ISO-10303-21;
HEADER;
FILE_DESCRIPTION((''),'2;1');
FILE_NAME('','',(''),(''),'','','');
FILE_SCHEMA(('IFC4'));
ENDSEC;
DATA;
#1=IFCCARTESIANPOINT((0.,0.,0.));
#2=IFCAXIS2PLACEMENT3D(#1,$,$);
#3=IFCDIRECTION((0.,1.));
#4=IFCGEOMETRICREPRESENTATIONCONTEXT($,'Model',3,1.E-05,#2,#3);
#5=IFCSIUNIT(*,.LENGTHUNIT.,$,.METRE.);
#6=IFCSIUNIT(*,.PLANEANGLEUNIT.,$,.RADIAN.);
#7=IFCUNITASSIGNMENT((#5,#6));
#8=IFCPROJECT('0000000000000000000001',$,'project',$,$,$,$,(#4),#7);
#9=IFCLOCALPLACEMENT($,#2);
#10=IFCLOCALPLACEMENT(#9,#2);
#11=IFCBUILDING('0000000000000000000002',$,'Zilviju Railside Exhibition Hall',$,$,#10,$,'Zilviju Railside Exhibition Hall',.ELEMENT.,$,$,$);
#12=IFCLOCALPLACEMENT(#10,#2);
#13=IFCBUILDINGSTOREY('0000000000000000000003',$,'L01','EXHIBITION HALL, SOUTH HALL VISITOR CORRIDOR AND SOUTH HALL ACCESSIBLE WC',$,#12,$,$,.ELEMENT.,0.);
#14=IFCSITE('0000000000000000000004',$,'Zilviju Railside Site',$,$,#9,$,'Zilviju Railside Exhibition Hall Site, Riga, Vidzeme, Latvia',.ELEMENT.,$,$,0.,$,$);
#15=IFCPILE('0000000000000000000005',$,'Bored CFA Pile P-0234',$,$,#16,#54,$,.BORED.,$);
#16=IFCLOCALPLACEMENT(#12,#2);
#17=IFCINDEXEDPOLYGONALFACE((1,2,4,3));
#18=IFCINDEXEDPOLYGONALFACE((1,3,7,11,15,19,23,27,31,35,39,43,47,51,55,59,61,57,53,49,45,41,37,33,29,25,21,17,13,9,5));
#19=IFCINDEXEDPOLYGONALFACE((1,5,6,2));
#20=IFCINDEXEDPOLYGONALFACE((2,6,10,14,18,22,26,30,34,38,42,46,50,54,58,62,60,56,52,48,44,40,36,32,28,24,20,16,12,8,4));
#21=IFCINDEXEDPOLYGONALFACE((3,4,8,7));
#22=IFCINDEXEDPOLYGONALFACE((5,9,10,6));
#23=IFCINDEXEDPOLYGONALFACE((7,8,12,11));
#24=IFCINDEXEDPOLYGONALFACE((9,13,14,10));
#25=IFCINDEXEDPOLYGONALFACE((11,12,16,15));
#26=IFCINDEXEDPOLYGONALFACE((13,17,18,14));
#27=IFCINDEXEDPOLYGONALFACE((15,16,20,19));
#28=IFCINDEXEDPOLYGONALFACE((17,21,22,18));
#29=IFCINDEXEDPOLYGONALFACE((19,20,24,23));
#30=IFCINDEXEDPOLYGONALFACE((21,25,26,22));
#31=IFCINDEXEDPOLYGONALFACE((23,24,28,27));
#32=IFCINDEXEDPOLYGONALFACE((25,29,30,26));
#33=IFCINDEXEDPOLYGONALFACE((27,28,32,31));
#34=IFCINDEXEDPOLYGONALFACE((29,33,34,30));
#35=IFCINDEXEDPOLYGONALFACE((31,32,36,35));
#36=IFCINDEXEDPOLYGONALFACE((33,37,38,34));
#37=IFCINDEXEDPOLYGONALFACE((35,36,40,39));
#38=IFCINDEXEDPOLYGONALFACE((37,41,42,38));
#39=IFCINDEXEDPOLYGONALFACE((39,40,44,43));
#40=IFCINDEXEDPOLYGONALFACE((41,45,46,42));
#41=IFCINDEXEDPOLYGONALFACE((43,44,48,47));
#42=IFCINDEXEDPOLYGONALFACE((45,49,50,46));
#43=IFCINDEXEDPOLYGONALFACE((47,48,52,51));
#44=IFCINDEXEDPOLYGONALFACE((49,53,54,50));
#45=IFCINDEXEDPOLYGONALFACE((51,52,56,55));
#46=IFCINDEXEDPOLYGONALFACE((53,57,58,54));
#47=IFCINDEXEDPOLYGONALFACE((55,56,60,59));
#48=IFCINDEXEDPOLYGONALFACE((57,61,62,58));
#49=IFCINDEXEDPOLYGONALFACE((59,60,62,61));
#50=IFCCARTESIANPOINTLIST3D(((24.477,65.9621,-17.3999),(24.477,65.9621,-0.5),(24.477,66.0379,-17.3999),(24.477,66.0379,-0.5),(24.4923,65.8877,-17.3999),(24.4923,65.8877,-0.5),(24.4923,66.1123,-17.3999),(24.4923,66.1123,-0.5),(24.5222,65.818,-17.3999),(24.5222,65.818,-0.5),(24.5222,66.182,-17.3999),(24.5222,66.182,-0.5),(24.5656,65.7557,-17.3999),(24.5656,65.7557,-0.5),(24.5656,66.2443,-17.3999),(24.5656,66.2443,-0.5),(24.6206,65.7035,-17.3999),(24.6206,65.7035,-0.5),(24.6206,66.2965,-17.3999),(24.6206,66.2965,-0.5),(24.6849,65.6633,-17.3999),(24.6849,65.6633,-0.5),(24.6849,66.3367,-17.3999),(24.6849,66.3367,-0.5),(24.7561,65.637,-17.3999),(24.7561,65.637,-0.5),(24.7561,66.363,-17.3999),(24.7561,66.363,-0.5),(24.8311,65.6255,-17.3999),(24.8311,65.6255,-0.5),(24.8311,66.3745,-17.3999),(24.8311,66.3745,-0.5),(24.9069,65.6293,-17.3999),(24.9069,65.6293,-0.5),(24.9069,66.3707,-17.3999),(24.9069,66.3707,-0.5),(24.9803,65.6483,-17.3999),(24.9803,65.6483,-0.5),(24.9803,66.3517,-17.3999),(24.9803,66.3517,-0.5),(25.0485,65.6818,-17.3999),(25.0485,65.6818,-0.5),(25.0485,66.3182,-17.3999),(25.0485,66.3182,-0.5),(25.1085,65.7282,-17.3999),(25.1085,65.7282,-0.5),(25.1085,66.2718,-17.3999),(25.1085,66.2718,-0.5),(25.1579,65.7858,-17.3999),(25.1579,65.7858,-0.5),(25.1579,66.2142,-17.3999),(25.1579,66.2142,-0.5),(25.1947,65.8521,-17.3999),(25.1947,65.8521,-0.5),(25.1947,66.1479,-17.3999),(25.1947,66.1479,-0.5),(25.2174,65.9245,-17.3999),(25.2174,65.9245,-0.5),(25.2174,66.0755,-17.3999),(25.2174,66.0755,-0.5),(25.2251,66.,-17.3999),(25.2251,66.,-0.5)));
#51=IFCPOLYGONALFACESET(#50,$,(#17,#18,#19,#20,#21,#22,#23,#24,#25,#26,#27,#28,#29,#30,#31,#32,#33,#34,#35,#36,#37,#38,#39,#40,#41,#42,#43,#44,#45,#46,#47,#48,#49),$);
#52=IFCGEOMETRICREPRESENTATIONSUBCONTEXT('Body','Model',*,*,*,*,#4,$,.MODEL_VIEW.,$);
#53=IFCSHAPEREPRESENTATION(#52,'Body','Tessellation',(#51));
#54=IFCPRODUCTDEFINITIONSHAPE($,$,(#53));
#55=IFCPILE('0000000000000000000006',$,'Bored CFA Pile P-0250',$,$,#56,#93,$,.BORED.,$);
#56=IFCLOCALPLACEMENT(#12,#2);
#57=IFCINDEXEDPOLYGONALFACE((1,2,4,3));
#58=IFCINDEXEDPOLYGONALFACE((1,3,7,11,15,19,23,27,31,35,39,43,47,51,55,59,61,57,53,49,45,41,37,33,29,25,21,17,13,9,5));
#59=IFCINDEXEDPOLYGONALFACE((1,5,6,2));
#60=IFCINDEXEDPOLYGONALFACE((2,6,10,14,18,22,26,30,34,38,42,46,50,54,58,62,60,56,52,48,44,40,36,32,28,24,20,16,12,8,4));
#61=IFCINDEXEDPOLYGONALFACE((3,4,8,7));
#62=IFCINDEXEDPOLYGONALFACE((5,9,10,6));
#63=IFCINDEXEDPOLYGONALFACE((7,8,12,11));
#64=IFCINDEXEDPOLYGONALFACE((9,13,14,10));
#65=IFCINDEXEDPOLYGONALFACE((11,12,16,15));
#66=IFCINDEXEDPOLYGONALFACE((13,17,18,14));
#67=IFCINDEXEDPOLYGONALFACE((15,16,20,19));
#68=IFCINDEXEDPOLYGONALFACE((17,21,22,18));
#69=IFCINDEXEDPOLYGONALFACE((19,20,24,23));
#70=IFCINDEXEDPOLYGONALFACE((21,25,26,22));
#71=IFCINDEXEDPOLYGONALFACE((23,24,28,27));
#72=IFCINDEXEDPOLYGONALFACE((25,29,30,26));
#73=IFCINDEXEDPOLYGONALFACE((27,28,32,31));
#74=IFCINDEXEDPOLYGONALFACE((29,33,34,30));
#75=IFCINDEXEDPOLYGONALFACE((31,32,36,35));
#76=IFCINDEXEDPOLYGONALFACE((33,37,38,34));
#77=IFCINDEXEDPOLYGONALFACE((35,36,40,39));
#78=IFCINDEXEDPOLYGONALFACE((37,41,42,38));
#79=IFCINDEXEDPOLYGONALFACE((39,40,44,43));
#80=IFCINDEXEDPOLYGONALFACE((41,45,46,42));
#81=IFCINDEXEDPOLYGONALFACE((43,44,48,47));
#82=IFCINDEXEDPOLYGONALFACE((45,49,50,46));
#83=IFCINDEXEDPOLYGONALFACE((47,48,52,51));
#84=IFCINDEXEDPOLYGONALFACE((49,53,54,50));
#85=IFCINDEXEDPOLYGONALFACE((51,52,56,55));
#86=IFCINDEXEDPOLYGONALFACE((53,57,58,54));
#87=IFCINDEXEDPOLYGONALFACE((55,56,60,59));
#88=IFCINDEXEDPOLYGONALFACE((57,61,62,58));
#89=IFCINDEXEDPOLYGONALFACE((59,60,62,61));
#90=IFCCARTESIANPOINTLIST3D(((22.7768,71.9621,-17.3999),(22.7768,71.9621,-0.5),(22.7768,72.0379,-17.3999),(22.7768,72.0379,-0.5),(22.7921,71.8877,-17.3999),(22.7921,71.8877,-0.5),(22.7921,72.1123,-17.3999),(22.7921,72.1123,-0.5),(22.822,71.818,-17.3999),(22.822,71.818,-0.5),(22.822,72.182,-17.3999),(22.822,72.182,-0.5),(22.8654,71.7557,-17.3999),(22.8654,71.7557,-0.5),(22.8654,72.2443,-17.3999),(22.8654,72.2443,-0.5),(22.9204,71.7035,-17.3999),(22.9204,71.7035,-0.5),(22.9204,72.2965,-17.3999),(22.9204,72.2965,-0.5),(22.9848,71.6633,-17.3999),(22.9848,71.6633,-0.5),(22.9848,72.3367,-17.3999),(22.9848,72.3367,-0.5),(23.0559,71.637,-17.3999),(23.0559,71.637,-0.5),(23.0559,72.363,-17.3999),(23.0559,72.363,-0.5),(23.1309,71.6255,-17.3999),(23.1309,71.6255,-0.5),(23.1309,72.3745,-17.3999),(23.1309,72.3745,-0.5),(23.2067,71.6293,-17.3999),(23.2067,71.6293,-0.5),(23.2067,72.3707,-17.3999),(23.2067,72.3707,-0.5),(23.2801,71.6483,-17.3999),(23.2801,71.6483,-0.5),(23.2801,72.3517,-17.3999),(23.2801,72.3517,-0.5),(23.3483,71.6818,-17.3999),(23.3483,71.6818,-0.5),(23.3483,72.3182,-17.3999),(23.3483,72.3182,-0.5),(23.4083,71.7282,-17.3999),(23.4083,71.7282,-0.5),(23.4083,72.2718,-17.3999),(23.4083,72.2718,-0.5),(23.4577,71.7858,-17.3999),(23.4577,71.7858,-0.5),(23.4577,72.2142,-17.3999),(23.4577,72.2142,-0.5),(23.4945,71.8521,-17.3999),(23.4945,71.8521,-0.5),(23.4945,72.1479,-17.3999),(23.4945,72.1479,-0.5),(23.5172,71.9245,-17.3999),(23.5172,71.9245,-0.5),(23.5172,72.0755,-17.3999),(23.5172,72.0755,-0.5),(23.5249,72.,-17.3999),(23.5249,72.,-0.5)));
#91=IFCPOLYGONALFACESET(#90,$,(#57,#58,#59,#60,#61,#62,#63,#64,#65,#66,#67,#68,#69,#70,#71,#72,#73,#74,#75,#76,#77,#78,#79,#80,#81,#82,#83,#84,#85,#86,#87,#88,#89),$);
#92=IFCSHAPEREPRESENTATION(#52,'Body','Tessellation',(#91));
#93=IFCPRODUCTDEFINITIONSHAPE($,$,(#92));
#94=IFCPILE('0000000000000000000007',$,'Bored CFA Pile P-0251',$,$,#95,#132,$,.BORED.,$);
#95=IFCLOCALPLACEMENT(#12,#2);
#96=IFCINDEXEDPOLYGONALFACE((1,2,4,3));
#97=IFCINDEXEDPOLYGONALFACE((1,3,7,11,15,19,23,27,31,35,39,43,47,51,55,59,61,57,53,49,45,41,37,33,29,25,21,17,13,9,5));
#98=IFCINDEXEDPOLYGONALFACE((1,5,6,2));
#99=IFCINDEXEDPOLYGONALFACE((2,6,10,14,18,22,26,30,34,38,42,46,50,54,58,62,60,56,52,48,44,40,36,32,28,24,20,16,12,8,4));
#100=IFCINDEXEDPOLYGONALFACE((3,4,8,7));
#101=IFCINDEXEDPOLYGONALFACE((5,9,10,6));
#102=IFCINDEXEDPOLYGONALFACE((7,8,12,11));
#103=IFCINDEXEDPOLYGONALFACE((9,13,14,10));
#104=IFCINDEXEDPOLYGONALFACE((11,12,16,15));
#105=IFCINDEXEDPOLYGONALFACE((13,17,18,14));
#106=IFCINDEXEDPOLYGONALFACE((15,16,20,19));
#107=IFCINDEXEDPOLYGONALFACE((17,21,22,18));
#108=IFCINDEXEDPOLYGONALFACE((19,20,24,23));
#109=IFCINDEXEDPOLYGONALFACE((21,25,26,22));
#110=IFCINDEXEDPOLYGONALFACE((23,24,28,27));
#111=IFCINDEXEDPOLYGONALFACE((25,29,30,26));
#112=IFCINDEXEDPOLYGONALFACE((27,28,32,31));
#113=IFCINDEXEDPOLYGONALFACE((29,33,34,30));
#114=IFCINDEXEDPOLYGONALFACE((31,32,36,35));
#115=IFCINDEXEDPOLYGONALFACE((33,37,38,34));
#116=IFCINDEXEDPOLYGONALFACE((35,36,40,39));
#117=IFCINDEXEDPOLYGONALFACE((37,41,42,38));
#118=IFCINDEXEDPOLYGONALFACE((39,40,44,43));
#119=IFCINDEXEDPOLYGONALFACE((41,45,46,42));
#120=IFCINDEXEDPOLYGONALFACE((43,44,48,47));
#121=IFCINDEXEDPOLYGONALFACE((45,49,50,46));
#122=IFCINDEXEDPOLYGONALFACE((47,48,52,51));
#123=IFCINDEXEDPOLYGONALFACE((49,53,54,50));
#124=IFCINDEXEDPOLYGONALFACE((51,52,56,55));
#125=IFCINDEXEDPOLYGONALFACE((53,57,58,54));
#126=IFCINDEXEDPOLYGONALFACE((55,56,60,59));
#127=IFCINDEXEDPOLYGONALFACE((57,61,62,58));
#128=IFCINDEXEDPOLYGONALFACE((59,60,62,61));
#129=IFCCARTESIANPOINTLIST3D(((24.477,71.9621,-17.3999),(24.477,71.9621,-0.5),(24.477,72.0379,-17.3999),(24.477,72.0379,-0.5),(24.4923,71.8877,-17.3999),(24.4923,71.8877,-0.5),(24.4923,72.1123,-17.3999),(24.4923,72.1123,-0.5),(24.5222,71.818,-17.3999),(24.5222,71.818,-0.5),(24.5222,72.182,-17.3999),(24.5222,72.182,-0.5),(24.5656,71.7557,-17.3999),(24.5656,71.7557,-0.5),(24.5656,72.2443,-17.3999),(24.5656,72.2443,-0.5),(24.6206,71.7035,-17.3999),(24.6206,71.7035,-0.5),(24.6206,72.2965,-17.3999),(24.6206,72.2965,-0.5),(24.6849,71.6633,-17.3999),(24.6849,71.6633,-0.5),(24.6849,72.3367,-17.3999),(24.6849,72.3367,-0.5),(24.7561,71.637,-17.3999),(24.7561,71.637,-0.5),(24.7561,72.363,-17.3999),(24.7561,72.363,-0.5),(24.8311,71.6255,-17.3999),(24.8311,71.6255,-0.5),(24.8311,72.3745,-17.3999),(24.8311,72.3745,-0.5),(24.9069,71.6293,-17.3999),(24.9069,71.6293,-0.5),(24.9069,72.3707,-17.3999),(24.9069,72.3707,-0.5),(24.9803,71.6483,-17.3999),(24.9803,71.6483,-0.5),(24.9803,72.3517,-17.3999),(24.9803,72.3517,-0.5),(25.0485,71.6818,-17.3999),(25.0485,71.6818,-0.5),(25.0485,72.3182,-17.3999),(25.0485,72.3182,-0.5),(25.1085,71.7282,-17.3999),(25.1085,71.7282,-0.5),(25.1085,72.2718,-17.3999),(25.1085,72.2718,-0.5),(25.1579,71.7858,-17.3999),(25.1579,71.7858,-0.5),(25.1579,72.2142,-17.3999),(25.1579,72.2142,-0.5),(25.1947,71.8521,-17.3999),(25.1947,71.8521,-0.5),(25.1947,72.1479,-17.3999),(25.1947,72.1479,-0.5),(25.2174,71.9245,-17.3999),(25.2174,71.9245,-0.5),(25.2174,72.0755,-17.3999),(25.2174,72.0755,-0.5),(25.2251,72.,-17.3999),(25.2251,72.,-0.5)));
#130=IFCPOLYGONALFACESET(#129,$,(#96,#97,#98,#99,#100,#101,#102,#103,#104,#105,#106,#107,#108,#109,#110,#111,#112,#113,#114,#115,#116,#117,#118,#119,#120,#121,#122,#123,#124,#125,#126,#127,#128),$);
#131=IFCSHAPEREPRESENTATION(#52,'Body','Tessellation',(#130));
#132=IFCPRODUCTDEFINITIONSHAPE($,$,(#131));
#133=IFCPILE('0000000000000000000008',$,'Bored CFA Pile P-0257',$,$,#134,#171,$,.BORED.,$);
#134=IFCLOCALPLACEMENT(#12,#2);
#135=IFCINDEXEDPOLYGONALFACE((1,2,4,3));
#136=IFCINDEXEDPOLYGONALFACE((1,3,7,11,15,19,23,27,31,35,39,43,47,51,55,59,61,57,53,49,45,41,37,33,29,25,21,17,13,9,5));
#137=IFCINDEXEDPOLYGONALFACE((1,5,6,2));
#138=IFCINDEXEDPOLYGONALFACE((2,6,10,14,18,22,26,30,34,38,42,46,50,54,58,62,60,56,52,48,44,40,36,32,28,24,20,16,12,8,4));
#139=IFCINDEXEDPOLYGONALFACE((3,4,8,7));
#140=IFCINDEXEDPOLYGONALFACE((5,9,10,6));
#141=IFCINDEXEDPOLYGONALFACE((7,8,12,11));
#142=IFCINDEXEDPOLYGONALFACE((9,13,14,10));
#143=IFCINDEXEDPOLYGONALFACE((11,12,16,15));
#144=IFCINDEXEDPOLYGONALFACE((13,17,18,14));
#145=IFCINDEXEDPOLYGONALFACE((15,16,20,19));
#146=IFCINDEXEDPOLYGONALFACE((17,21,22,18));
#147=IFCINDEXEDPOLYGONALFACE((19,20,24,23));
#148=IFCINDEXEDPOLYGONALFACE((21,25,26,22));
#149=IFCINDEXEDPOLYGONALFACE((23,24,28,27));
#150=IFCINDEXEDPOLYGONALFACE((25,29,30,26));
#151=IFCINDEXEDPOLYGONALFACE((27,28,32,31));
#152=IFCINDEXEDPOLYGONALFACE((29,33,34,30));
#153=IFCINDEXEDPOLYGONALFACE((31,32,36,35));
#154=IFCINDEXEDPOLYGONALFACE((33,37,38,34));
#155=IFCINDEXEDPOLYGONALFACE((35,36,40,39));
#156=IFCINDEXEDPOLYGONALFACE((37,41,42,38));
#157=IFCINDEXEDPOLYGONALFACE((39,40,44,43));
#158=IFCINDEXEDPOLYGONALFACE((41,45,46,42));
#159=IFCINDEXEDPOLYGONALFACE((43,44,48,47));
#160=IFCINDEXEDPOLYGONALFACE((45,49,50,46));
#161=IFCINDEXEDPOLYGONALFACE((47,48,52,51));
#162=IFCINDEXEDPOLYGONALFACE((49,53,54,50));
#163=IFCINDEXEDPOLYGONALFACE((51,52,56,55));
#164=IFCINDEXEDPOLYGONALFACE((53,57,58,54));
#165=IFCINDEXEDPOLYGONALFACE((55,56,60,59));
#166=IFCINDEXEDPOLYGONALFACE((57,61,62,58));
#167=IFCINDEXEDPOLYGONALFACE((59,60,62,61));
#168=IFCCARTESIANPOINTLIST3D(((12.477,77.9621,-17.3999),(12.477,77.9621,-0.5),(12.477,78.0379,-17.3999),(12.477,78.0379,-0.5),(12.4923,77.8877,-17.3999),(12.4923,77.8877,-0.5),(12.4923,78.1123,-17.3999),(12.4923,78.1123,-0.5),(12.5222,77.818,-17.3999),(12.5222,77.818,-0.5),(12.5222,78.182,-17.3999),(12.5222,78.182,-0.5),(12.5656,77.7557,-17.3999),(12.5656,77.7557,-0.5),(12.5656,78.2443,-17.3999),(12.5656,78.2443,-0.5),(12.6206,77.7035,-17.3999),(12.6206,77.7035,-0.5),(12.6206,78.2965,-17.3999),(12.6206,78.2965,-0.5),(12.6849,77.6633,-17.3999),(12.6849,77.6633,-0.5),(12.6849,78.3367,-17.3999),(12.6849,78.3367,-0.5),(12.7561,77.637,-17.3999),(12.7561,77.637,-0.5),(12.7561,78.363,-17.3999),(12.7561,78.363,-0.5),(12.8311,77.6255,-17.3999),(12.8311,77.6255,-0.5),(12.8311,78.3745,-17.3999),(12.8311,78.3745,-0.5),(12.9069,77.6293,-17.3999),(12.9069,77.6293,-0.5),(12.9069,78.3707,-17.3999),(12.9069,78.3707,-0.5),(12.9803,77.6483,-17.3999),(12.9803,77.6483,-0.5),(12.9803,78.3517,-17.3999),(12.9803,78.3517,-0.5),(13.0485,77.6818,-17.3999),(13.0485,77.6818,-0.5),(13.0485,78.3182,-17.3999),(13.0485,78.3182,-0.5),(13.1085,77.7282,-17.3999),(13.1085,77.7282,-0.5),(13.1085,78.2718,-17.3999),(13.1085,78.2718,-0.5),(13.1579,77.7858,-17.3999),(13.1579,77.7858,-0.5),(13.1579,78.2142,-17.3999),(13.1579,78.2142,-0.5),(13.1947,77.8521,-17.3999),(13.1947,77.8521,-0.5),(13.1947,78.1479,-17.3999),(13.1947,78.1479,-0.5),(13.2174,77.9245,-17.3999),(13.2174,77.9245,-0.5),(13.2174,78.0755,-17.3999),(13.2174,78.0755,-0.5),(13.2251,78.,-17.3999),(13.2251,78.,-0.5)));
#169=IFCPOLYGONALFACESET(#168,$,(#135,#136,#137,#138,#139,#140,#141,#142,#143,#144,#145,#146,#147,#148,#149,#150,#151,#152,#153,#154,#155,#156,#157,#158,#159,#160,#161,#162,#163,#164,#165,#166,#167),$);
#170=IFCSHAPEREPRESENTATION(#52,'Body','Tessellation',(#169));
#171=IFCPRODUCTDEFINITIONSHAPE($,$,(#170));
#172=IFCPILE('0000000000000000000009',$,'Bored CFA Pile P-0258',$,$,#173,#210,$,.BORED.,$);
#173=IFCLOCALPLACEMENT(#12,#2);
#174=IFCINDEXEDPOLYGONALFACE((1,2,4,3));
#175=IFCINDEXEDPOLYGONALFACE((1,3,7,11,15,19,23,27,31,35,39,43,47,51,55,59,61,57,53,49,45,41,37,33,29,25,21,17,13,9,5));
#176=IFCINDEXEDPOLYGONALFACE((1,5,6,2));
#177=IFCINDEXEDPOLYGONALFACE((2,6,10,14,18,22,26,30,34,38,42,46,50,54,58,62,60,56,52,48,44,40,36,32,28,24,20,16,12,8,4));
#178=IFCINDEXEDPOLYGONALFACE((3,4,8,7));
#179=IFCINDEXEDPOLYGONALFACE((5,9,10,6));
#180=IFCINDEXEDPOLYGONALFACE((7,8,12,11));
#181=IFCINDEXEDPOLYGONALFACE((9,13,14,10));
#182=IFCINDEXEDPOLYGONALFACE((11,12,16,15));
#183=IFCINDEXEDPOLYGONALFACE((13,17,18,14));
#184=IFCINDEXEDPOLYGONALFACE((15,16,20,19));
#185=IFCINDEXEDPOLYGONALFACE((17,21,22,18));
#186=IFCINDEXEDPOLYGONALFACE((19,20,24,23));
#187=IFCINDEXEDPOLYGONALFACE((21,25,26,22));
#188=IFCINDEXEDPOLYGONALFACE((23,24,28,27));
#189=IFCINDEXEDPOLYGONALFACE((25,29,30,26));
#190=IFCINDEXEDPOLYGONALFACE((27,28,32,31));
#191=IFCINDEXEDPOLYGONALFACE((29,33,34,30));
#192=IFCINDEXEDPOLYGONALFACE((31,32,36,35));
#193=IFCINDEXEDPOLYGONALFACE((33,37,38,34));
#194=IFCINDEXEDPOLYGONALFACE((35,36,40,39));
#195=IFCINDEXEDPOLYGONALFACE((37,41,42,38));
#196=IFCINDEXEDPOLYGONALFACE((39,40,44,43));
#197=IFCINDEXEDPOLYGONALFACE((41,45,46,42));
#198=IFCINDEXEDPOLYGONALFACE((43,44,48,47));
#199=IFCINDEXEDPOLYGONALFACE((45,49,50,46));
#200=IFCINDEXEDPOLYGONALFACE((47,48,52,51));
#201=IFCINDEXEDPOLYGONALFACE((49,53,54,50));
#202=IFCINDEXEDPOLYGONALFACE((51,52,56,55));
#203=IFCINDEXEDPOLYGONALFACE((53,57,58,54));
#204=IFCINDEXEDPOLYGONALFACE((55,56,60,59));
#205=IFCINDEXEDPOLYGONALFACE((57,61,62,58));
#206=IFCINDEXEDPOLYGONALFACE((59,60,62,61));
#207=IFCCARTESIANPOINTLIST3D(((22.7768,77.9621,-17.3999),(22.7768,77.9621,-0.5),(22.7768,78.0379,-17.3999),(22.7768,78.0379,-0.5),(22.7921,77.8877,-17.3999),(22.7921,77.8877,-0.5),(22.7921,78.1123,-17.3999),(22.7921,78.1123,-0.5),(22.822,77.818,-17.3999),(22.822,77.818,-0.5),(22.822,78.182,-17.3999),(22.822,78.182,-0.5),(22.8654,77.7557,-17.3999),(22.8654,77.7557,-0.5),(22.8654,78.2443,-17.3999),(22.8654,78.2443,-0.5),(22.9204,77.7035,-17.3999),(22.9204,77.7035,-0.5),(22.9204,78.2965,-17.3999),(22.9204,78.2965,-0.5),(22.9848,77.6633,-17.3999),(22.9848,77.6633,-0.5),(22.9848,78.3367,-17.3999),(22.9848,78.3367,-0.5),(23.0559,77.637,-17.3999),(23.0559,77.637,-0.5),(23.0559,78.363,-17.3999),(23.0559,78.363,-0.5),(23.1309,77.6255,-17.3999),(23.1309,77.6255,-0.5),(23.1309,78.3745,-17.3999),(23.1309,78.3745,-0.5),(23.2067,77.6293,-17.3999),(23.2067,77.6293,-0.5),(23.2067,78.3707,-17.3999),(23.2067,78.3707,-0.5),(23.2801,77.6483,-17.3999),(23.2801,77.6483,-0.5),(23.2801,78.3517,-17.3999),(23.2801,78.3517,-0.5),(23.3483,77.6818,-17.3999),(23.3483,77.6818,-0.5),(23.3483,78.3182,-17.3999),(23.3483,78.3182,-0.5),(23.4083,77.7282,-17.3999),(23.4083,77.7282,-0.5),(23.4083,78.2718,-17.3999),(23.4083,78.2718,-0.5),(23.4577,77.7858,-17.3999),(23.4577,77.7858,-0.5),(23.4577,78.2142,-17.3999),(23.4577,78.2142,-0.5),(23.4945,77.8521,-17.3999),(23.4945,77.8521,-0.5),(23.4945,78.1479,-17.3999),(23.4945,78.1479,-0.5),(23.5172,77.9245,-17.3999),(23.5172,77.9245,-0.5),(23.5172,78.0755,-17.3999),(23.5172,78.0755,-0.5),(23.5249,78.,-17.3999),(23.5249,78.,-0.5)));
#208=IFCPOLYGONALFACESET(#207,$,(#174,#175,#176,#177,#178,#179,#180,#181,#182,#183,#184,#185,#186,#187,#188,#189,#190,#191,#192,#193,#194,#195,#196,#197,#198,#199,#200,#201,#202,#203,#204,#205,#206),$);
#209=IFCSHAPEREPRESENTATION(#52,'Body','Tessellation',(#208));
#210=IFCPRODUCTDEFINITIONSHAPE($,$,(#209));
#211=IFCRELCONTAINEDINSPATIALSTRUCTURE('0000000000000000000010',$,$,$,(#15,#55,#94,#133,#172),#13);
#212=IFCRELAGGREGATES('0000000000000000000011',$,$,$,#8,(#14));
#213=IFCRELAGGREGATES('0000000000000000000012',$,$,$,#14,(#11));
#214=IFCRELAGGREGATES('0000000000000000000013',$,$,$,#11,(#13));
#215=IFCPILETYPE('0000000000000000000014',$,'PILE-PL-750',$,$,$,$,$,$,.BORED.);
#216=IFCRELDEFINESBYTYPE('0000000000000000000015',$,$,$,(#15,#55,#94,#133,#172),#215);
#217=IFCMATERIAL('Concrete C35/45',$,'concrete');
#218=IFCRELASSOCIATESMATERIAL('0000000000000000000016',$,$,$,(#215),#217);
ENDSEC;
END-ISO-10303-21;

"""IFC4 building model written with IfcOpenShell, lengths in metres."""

from ifc_helpers import new_model, si_unit, direction, frame, origin, origin_2d, place, context, subcontext, project, spatial, circle, extrude, material, material_profile, profile_set, type_object, element, save


model = new_model("IFC4")

# Units and contexts
model_context = context("Model", 3, precision=1e-05, world=origin(), true_north=direction((0.0, 1.0)))
body_context = subcontext(model_context, "Body", "Model", "MODEL_VIEW")
ifc_project = project(units=[si_unit("LENGTHUNIT", "METRE"), si_unit("PLANEANGLEUNIT", "RADIAN")], contexts=[model_context])

# Site, building, storey
site_placement = place(None, origin())
site = spatial("IfcSite", under=ifc_project, at=site_placement, Name="Zilviju Railside Site", LongName="Zilviju Railside Exhibition Hall Site, Riga, Vidzeme, Latvia", CompositionType="ELEMENT", RefElevation=0.0)
building_placement = place(site_placement, origin())
building = spatial("IfcBuilding", under=site, at=building_placement, Name="Zilviju Railside Exhibition Hall", LongName="Zilviju Railside Exhibition Hall", CompositionType="ELEMENT")
storey_placement = place(building_placement, origin())
storey = spatial("IfcBuildingStorey", under=building, at=storey_placement, Name="L01", Description="EXHIBITION HALL, SOUTH HALL VISITOR CORRIDOR AND SOUTH HALL ACCESSIBLE WC", CompositionType="ELEMENT", Elevation=0.0)

# Shared definitions
ifc_material = material(Name="Concrete C35/45", Category="concrete")

# Piles
ifc_material_profile_1 = material_profile(ifc_material, circle(Radius=0.375, at=origin_2d()), Name="CFA PILE D750")
ifc_profile_set_1 = profile_set([ifc_material_profile_1], Name="Concrete C35/45")
pile_type = type_object("IfcPileType", Name="PILE-PL-750", PredefinedType="BORED", material=ifc_profile_set_1)
for number, where, z_axis, x_axis, name in (
    (1, (24.8501, 66.0, -0.5), (0.0, 0.0, -1.0), (1.0, 0.0, 0.0), "Bored CFA Pile P-0234"),
    (2, (23.1499, 72.0, -0.5), (0.0, 0.0, -1.0), (1.0, 0.0, 0.0), "Bored CFA Pile P-0250"),
    (3, (24.8501, 72.0, -0.5), (0.0, 0.0, -1.0), (1.0, 0.0, 0.0), "Bored CFA Pile P-0251"),
    (4, (12.8501, 78.0, -0.5), (0.0, 0.0, -1.0), (1.0, 0.0, 0.0), "Bored CFA Pile P-0257"),
    (5, (23.1499, 78.0, -0.5), (0.0, 0.0, -1.0), (1.0, 0.0, 0.0), "Bored CFA Pile P-0258"),
):
    element("IfcPile", number, at=place(storey_placement, frame(where, z_axis=z_axis, x_axis=x_axis)), inside=storey, type_object=pile_type, Name=name, PredefinedType="BORED", context=body_context, shape_type="SweptSolid", body=[
        extrude(circle(Radius=0.375, at=origin_2d()), origin(), (0.0, 0.0, 1.0), 16.8999),
    ])

save(model, "model.ifc")
